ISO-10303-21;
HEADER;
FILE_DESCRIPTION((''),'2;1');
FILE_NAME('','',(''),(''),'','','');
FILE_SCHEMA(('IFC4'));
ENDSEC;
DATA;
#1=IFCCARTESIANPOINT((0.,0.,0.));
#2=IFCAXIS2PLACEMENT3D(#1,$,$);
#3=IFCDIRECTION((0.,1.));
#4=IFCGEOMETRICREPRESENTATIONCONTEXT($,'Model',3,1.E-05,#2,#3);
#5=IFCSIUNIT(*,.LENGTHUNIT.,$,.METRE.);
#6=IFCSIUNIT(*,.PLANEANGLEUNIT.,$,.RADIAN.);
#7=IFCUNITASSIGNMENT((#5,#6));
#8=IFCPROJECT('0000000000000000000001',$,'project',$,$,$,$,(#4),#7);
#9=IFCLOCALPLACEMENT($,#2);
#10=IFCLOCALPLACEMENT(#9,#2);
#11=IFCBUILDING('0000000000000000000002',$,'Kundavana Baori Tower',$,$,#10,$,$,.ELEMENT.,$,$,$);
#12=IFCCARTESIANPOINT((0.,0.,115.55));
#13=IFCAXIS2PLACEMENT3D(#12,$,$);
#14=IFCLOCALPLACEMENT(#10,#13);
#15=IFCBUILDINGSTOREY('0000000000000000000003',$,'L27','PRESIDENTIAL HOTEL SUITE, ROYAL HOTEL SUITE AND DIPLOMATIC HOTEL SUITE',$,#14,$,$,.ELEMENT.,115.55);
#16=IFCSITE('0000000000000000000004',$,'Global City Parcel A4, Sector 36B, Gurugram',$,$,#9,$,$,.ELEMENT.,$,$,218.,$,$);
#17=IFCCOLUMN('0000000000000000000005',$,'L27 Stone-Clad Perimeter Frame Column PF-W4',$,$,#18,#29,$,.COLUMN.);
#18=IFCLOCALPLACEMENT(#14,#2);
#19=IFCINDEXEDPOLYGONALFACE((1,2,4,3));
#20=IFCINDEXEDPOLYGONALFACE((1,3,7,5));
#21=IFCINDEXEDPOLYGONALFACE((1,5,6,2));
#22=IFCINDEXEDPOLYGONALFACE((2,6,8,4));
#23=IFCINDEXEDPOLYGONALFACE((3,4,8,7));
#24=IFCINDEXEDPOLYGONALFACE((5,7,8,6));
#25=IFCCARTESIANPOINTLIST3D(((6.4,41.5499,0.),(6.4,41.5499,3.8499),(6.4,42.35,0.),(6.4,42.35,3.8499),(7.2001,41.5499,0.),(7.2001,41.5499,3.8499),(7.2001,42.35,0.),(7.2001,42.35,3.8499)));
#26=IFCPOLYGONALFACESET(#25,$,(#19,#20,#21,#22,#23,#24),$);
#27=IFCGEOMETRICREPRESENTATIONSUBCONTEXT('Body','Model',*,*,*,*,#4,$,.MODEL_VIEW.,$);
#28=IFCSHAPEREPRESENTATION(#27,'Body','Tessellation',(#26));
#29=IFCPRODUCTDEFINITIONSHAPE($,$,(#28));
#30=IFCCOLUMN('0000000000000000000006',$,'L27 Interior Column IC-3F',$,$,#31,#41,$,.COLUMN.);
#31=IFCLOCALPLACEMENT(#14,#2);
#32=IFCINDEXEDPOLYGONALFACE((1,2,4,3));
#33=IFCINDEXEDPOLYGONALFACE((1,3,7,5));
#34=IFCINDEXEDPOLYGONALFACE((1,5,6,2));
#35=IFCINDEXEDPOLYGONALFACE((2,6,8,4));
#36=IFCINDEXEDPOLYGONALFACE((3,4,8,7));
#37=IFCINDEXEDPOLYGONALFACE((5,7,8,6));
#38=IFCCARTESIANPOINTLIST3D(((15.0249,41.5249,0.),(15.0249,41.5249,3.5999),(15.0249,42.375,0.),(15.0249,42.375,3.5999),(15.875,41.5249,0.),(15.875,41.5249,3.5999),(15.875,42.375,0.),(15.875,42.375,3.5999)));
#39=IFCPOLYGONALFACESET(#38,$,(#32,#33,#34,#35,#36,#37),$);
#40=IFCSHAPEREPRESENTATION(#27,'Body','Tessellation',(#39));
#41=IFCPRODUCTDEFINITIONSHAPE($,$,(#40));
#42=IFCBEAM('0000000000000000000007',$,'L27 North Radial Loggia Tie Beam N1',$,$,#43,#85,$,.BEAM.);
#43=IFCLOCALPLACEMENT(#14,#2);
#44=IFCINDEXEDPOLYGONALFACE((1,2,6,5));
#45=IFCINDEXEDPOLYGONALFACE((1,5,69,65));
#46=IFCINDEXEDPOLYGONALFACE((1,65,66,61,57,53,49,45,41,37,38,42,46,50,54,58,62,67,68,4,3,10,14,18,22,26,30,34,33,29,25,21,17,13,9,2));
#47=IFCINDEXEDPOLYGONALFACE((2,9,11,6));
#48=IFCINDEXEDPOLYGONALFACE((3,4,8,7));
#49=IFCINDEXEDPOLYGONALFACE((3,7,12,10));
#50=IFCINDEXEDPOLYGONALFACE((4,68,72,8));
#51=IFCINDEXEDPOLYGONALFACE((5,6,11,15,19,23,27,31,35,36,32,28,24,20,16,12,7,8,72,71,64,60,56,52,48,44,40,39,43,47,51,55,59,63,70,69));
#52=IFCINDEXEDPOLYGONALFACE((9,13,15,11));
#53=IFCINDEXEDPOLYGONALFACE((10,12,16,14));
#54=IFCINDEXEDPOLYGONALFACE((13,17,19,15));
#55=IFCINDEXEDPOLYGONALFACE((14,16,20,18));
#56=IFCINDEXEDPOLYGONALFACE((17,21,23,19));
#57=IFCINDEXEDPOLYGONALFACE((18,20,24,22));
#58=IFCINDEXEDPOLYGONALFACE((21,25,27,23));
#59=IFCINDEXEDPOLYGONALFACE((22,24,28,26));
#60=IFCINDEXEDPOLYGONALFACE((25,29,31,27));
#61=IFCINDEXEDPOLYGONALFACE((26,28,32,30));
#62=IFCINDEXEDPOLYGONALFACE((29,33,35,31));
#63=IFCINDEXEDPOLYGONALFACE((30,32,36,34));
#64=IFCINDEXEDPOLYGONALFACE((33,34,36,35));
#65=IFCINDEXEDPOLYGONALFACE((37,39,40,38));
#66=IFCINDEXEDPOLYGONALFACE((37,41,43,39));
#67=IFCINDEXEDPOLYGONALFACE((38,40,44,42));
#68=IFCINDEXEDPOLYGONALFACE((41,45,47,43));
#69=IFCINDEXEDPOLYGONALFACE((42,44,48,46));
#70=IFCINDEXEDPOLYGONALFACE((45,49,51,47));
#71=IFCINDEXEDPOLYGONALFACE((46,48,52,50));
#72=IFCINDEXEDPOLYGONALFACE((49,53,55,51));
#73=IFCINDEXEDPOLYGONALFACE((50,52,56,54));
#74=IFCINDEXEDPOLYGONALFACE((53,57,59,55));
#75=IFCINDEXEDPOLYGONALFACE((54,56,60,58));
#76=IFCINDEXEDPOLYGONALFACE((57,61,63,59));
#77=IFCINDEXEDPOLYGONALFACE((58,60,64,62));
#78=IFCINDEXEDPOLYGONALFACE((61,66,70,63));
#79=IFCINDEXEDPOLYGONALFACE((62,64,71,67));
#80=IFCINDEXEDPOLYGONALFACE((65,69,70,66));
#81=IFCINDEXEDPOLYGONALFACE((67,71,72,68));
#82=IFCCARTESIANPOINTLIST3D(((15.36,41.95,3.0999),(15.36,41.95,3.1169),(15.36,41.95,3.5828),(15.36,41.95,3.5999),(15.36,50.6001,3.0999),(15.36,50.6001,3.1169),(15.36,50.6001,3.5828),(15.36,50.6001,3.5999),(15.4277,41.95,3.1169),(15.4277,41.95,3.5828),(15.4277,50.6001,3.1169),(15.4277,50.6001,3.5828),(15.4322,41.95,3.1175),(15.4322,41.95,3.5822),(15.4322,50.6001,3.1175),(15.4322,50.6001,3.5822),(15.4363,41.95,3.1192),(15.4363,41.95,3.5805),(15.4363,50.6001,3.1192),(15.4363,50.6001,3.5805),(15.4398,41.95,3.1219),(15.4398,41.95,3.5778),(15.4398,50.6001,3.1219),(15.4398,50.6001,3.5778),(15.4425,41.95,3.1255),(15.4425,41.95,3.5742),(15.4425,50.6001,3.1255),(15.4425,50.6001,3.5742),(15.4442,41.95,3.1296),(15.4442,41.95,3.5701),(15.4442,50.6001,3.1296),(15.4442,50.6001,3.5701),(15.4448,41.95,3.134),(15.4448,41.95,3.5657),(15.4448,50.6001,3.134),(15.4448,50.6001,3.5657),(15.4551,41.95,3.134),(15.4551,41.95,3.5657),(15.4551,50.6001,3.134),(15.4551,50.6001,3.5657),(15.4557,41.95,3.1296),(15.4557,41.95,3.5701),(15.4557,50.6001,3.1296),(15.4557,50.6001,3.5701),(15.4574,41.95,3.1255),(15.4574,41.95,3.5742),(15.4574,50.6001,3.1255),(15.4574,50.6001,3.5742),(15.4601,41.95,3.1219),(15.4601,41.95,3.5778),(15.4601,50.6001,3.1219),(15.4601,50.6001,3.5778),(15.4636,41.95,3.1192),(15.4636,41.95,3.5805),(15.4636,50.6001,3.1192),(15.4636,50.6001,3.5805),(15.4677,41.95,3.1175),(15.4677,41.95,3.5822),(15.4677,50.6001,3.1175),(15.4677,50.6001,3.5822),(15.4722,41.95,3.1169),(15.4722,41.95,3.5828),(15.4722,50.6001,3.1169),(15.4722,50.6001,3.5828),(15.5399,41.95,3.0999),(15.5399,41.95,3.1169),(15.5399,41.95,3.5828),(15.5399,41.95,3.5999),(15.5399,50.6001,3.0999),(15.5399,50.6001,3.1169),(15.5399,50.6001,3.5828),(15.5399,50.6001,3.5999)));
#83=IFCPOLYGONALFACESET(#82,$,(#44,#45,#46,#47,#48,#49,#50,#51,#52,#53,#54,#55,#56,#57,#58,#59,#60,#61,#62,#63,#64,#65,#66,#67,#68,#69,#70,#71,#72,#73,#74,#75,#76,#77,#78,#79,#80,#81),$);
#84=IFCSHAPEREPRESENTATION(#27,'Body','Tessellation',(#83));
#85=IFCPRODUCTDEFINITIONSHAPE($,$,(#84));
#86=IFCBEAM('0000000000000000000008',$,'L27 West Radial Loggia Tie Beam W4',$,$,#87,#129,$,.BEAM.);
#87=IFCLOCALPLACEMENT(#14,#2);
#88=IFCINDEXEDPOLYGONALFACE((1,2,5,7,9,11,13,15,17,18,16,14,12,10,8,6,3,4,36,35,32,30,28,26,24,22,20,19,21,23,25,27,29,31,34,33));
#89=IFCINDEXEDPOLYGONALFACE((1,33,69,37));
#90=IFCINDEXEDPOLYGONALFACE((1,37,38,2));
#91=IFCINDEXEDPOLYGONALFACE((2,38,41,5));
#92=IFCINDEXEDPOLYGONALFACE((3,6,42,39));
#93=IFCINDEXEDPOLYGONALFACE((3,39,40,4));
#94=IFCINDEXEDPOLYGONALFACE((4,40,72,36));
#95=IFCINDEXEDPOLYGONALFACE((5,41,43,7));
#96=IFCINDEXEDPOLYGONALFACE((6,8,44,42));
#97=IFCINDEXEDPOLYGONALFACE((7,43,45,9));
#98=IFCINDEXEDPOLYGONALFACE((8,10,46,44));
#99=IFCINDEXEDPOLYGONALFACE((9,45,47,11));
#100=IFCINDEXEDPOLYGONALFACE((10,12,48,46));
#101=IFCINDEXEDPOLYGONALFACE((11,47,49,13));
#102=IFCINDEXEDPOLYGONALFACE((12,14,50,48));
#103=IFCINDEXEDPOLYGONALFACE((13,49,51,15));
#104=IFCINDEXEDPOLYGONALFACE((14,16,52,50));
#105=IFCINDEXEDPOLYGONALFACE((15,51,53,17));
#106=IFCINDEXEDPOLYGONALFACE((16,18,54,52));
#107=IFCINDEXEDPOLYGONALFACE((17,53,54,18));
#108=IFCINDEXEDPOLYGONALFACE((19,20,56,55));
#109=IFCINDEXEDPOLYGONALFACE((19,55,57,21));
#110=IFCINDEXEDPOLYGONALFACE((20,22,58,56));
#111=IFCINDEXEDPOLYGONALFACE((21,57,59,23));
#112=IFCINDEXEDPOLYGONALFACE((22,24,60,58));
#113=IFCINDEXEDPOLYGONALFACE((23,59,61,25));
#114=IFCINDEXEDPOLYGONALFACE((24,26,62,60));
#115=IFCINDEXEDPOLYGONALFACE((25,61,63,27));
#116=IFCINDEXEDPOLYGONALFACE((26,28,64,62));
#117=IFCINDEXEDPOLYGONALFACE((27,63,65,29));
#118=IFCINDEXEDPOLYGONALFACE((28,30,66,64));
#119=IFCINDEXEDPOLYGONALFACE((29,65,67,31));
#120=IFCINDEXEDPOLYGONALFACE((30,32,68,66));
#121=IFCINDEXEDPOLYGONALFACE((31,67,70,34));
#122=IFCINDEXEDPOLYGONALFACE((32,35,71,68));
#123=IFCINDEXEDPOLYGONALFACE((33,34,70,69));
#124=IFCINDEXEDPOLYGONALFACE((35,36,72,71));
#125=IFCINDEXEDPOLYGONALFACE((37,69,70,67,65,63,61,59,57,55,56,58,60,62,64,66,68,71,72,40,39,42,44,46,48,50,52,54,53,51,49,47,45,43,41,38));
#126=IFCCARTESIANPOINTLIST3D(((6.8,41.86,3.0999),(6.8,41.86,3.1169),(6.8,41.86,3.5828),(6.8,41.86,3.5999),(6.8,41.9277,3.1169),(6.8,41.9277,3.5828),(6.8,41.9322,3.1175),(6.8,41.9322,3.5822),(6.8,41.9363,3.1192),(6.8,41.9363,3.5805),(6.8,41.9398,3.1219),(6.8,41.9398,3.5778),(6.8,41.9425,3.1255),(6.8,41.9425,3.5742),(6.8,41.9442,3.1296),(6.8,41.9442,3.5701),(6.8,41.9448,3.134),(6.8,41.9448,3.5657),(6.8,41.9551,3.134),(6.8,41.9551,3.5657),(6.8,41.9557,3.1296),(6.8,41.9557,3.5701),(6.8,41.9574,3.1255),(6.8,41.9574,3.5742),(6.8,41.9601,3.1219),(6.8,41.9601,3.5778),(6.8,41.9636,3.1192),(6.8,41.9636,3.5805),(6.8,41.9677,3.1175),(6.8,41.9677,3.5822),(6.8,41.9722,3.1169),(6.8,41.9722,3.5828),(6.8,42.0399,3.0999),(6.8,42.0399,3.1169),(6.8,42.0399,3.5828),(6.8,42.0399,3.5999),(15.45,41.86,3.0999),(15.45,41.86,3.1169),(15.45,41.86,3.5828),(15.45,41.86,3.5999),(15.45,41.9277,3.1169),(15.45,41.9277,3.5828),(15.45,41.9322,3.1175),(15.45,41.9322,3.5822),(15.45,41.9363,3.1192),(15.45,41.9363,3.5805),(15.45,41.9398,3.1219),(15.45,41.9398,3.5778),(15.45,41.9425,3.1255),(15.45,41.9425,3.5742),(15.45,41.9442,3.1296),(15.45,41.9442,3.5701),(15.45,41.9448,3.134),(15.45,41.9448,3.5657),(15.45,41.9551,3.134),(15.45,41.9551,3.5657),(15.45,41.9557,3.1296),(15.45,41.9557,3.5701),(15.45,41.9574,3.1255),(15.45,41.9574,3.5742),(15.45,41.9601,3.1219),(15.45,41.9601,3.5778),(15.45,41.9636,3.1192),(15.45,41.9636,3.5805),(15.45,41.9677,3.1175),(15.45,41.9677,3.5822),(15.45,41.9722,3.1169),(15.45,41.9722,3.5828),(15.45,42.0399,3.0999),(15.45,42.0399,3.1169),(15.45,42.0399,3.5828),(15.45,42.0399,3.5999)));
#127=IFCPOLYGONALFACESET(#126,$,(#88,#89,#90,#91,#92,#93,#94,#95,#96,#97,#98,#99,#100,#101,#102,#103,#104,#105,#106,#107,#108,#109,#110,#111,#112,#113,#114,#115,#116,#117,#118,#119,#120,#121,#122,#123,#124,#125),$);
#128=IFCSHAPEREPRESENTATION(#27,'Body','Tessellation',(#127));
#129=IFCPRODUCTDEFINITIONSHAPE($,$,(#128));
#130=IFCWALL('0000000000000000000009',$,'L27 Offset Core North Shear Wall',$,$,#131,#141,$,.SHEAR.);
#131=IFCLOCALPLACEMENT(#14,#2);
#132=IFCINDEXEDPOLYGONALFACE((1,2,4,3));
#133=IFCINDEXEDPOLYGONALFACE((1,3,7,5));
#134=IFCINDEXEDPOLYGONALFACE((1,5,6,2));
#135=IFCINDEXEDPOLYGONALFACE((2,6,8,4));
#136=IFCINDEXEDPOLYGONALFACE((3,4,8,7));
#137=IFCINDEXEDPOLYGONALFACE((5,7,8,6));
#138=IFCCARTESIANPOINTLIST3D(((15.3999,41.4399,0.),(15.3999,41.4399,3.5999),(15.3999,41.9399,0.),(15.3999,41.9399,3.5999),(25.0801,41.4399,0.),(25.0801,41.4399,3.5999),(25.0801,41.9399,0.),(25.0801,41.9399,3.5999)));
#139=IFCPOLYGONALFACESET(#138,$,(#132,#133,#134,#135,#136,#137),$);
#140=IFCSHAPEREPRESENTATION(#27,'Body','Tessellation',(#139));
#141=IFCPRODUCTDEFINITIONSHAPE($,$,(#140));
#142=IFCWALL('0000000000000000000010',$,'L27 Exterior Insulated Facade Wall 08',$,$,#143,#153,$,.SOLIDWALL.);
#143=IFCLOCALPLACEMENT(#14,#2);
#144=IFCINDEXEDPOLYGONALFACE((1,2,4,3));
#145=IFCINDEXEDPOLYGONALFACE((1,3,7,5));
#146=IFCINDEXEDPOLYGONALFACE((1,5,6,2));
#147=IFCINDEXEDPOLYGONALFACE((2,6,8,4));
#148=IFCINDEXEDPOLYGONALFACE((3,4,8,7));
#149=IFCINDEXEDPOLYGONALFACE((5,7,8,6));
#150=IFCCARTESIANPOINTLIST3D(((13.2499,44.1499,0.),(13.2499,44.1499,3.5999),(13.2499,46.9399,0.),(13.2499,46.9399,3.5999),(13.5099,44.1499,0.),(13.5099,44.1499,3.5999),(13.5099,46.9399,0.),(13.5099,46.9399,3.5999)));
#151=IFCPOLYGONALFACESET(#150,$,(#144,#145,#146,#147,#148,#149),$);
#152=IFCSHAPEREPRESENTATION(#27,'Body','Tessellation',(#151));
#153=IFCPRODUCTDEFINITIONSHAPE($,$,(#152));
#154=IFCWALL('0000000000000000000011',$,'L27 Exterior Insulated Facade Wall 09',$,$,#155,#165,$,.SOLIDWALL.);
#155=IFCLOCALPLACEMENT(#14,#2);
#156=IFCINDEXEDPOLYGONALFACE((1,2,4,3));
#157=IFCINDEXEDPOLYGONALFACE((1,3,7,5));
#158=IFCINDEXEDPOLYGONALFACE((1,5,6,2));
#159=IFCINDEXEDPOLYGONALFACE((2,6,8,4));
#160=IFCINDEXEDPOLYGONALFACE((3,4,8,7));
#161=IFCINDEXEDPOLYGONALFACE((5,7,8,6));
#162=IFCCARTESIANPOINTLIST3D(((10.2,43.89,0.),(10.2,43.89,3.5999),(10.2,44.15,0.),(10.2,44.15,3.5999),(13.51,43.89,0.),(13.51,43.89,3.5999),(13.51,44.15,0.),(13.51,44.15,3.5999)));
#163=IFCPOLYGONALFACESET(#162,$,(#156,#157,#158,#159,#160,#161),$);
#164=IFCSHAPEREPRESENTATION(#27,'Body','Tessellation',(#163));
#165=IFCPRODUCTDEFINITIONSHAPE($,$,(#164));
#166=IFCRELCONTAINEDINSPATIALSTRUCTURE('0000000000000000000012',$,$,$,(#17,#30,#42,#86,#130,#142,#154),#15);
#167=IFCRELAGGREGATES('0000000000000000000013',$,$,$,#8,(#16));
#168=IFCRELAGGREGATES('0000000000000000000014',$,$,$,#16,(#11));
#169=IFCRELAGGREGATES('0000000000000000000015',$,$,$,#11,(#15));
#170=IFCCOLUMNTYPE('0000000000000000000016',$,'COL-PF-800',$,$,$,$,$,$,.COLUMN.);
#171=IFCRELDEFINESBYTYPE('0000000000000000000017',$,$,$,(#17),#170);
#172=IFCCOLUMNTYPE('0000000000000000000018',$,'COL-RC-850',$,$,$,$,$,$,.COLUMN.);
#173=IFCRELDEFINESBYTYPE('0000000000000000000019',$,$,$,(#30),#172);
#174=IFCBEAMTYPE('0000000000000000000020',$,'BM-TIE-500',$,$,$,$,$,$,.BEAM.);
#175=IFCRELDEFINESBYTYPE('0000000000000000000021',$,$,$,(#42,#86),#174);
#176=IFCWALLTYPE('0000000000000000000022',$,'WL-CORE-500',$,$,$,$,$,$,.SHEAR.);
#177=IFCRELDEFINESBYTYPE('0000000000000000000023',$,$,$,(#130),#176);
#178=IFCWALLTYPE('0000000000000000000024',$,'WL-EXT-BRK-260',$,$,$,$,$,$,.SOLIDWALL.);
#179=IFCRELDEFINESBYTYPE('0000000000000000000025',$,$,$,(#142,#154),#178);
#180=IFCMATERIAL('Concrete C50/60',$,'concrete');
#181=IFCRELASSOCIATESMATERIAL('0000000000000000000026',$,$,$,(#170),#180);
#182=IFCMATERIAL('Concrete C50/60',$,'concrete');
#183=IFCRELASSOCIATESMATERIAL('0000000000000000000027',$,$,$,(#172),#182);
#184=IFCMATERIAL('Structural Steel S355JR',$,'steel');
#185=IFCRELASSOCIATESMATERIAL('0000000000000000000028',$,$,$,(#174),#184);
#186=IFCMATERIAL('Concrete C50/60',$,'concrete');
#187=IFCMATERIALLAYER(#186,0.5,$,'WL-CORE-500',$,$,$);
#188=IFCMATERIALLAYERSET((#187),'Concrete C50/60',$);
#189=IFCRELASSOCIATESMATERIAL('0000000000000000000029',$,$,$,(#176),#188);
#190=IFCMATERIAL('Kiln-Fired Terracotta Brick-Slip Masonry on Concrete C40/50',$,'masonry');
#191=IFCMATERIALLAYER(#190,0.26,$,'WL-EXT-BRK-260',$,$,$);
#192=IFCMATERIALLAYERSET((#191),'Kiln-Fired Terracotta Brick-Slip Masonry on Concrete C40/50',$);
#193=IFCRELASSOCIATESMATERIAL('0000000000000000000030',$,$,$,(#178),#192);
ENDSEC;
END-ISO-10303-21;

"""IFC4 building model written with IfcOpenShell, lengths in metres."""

from ifc_helpers import new_model, si_unit, direction, frame, frame_2d, origin, origin_2d, place, context, subcontext, project, spatial, rectangle, i_section, extrude, material, layer, layer_set, material_profile, profile_set, type_object, element, save


model = new_model("IFC4")

# Units and contexts
model_context = context("Model", 3, precision=1e-05, world=origin(), true_north=direction((0.0, 1.0)))
body_context = subcontext(model_context, "Body", "Model", "MODEL_VIEW")
ifc_project = project(units=[si_unit("LENGTHUNIT", "METRE"), si_unit("PLANEANGLEUNIT", "RADIAN")], contexts=[model_context])

# Site, building, storey
site_placement = place(None, origin())
site = spatial("IfcSite", under=ifc_project, at=site_placement, Name="Global City Parcel A4, Sector 36B, Gurugram", CompositionType="ELEMENT", RefElevation=218.0)
building_placement = place(site_placement, origin())
building = spatial("IfcBuilding", under=site, at=building_placement, Name="Kundavana Baori Tower", CompositionType="ELEMENT")
storey_placement = place(building_placement, frame((0.0, 0.0, 115.55)))
storey = spatial("IfcBuildingStorey", under=building, at=storey_placement, Name="L27", Description="PRESIDENTIAL HOTEL SUITE, ROYAL HOTEL SUITE AND DIPLOMATIC HOTEL SUITE", CompositionType="ELEMENT", Elevation=115.55)

# Columns
ifc_material_1 = material(Name="Concrete C50/60", Category="concrete")
ifc_material_profile_1 = material_profile(ifc_material_1, rectangle(XDim=0.8, YDim=0.8, at=origin_2d()), Name="RC PF 800x800")
ifc_profile_set_1 = profile_set([ifc_material_profile_1], Name="Concrete C50/60")
column_type_1 = type_object("IfcColumnType", Name="COL-PF-800", PredefinedType="COLUMN", material=ifc_profile_set_1)
column_1_placement = place(storey_placement, frame((6.8, 41.95, 0.0), z_axis=(0.0, 0.0, 1.0), x_axis=(1.0, 0.0, 0.0)))
element("IfcColumn", 1, at=column_1_placement, inside=storey, type_object=column_type_1, Name="L27 Stone-Clad Perimeter Frame Column PF-W4", PredefinedType="COLUMN", context=body_context, shape_type="SweptSolid", body=[
    extrude(rectangle(XDim=0.8, YDim=0.8, at=origin_2d()), origin(), (0.0, 0.0, 1.0), 3.8499),
])
ifc_material_2 = material(Name="Concrete C50/60", Category="concrete")
ifc_material_profile_2 = material_profile(ifc_material_2, rectangle(XDim=0.8501, YDim=0.8501, at=origin_2d()), Name="RC 850x850")
ifc_profile_set_2 = profile_set([ifc_material_profile_2], Name="Concrete C50/60")
column_type_2 = type_object("IfcColumnType", Name="COL-RC-850", PredefinedType="COLUMN", material=ifc_profile_set_2)
column_2_placement = place(storey_placement, frame((15.45, 41.95, 0.0), z_axis=(0.0, 0.0, 1.0), x_axis=(1.0, 0.0, 0.0)))
element("IfcColumn", 2, at=column_2_placement, inside=storey, type_object=column_type_2, Name="L27 Interior Column IC-3F", PredefinedType="COLUMN", context=body_context, shape_type="SweptSolid", body=[
    extrude(rectangle(XDim=0.8501, YDim=0.8501, at=origin_2d()), origin(), (0.0, 0.0, 1.0), 3.5999),
])

# Beams
ifc_material_3 = material(Name="Structural Steel S355JR", Category="steel")
ifc_material_profile_3 = material_profile(ifc_material_3, i_section(OverallWidth=0.1799, OverallDepth=0.5, WebThickness=0.0103, FlangeThickness=0.0171, FilletRadius=0.0171, at=origin_2d()), Name="ISMB 500")
ifc_profile_set_3 = profile_set([ifc_material_profile_3], Name="Structural Steel S355JR")
beam_type = type_object("IfcBeamType", Name="BM-TIE-500", PredefinedType="BEAM", material=ifc_profile_set_3)
beam_1_placement = place(storey_placement, frame((15.45, 41.95, 3.3499), z_axis=(0.0, 1.0, 0.0), x_axis=(-1.0, 0.0, 0.0)))
element("IfcBeam", 3, at=beam_1_placement, inside=storey, type_object=beam_type, Name="L27 North Radial Loggia Tie Beam N1", PredefinedType="BEAM", context=body_context, shape_type="SweptSolid", body=[
    extrude(i_section(OverallWidth=0.1799, OverallDepth=0.5, WebThickness=0.0103, FlangeThickness=0.0171, FilletRadius=0.0171, at=origin_2d()), origin(), (0.0, 0.0, 1.0), 8.6501),
])
beam_2_placement = place(storey_placement, frame((15.45, 41.95, 3.3499), z_axis=(-1.0, 0.0, 0.0), x_axis=(0.0, -1.0, 0.0)))
element("IfcBeam", 4, at=beam_2_placement, inside=storey, type_object=beam_type, Name="L27 West Radial Loggia Tie Beam W4", PredefinedType="BEAM", context=body_context, shape_type="SweptSolid", body=[
    extrude(i_section(OverallWidth=0.1799, OverallDepth=0.5, WebThickness=0.0103, FlangeThickness=0.0171, FilletRadius=0.0171, at=origin_2d()), origin(), (0.0, 0.0, 1.0), 8.6499),
])

# Walls
ifc_material_4 = material(Name="Concrete C50/60", Category="concrete")
ifc_layer_1 = layer(ifc_material_4, 0.5, Name="WL-CORE-500")
ifc_layer_set_1 = layer_set([ifc_layer_1], Name="Concrete C50/60")
wall_type_1 = type_object("IfcWallType", Name="WL-CORE-500", PredefinedType="SHEAR", material=ifc_layer_set_1)
wall_1_placement = place(storey_placement, frame((15.3999, 41.6899, 0.0), z_axis=(0.0, 0.0, 1.0), x_axis=(1.0, 0.0, 0.0)))
element("IfcWall", 5, at=wall_1_placement, inside=storey, type_object=wall_type_1, Name="L27 Offset Core North Shear Wall", PredefinedType="SHEAR", context=body_context, shape_type="SweptSolid", body=[
    extrude(rectangle(XDim=9.6802, YDim=0.5, at=frame_2d((4.8401, 0.0))), origin(), (0.0, 0.0, 1.0), 3.5999),
])
ifc_material_5 = material(Name="Kiln-Fired Terracotta Brick-Slip Masonry on Concrete C40/50", Category="masonry")
ifc_layer_2 = layer(ifc_material_5, 0.26, Name="WL-EXT-BRK-260")
ifc_layer_set_2 = layer_set([ifc_layer_2], Name="Kiln-Fired Terracotta Brick-Slip Masonry on Concrete C40/50")
wall_type_2 = type_object("IfcWallType", Name="WL-EXT-BRK-260", PredefinedType="SOLIDWALL", material=ifc_layer_set_2)
wall_2_placement = place(storey_placement, frame((13.3799, 46.9399, 0.0), z_axis=(0.0, 0.0, 1.0), x_axis=(0.0, -1.0, 0.0)))
element("IfcWall", 6, at=wall_2_placement, inside=storey, type_object=wall_type_2, Name="L27 Exterior Insulated Facade Wall 08", PredefinedType="SOLIDWALL", context=body_context, shape_type="SweptSolid", body=[
    extrude(rectangle(XDim=2.79, YDim=0.26, at=frame_2d((1.395, 0.0))), origin(), (0.0, 0.0, 1.0), 3.5999),
])
wall_3_placement = place(storey_placement, frame((13.51, 44.02, 0.0), z_axis=(0.0, 0.0, 1.0), x_axis=(-1.0, 0.0, 0.0)))
element("IfcWall", 7, at=wall_3_placement, inside=storey, type_object=wall_type_2, Name="L27 Exterior Insulated Facade Wall 09", PredefinedType="SOLIDWALL", context=body_context, shape_type="SweptSolid", body=[
    extrude(rectangle(XDim=3.3101, YDim=0.26, at=frame_2d((1.655, 0.0))), origin(), (0.0, 0.0, 1.0), 3.5999),
])

save(model, "model.ifc")
